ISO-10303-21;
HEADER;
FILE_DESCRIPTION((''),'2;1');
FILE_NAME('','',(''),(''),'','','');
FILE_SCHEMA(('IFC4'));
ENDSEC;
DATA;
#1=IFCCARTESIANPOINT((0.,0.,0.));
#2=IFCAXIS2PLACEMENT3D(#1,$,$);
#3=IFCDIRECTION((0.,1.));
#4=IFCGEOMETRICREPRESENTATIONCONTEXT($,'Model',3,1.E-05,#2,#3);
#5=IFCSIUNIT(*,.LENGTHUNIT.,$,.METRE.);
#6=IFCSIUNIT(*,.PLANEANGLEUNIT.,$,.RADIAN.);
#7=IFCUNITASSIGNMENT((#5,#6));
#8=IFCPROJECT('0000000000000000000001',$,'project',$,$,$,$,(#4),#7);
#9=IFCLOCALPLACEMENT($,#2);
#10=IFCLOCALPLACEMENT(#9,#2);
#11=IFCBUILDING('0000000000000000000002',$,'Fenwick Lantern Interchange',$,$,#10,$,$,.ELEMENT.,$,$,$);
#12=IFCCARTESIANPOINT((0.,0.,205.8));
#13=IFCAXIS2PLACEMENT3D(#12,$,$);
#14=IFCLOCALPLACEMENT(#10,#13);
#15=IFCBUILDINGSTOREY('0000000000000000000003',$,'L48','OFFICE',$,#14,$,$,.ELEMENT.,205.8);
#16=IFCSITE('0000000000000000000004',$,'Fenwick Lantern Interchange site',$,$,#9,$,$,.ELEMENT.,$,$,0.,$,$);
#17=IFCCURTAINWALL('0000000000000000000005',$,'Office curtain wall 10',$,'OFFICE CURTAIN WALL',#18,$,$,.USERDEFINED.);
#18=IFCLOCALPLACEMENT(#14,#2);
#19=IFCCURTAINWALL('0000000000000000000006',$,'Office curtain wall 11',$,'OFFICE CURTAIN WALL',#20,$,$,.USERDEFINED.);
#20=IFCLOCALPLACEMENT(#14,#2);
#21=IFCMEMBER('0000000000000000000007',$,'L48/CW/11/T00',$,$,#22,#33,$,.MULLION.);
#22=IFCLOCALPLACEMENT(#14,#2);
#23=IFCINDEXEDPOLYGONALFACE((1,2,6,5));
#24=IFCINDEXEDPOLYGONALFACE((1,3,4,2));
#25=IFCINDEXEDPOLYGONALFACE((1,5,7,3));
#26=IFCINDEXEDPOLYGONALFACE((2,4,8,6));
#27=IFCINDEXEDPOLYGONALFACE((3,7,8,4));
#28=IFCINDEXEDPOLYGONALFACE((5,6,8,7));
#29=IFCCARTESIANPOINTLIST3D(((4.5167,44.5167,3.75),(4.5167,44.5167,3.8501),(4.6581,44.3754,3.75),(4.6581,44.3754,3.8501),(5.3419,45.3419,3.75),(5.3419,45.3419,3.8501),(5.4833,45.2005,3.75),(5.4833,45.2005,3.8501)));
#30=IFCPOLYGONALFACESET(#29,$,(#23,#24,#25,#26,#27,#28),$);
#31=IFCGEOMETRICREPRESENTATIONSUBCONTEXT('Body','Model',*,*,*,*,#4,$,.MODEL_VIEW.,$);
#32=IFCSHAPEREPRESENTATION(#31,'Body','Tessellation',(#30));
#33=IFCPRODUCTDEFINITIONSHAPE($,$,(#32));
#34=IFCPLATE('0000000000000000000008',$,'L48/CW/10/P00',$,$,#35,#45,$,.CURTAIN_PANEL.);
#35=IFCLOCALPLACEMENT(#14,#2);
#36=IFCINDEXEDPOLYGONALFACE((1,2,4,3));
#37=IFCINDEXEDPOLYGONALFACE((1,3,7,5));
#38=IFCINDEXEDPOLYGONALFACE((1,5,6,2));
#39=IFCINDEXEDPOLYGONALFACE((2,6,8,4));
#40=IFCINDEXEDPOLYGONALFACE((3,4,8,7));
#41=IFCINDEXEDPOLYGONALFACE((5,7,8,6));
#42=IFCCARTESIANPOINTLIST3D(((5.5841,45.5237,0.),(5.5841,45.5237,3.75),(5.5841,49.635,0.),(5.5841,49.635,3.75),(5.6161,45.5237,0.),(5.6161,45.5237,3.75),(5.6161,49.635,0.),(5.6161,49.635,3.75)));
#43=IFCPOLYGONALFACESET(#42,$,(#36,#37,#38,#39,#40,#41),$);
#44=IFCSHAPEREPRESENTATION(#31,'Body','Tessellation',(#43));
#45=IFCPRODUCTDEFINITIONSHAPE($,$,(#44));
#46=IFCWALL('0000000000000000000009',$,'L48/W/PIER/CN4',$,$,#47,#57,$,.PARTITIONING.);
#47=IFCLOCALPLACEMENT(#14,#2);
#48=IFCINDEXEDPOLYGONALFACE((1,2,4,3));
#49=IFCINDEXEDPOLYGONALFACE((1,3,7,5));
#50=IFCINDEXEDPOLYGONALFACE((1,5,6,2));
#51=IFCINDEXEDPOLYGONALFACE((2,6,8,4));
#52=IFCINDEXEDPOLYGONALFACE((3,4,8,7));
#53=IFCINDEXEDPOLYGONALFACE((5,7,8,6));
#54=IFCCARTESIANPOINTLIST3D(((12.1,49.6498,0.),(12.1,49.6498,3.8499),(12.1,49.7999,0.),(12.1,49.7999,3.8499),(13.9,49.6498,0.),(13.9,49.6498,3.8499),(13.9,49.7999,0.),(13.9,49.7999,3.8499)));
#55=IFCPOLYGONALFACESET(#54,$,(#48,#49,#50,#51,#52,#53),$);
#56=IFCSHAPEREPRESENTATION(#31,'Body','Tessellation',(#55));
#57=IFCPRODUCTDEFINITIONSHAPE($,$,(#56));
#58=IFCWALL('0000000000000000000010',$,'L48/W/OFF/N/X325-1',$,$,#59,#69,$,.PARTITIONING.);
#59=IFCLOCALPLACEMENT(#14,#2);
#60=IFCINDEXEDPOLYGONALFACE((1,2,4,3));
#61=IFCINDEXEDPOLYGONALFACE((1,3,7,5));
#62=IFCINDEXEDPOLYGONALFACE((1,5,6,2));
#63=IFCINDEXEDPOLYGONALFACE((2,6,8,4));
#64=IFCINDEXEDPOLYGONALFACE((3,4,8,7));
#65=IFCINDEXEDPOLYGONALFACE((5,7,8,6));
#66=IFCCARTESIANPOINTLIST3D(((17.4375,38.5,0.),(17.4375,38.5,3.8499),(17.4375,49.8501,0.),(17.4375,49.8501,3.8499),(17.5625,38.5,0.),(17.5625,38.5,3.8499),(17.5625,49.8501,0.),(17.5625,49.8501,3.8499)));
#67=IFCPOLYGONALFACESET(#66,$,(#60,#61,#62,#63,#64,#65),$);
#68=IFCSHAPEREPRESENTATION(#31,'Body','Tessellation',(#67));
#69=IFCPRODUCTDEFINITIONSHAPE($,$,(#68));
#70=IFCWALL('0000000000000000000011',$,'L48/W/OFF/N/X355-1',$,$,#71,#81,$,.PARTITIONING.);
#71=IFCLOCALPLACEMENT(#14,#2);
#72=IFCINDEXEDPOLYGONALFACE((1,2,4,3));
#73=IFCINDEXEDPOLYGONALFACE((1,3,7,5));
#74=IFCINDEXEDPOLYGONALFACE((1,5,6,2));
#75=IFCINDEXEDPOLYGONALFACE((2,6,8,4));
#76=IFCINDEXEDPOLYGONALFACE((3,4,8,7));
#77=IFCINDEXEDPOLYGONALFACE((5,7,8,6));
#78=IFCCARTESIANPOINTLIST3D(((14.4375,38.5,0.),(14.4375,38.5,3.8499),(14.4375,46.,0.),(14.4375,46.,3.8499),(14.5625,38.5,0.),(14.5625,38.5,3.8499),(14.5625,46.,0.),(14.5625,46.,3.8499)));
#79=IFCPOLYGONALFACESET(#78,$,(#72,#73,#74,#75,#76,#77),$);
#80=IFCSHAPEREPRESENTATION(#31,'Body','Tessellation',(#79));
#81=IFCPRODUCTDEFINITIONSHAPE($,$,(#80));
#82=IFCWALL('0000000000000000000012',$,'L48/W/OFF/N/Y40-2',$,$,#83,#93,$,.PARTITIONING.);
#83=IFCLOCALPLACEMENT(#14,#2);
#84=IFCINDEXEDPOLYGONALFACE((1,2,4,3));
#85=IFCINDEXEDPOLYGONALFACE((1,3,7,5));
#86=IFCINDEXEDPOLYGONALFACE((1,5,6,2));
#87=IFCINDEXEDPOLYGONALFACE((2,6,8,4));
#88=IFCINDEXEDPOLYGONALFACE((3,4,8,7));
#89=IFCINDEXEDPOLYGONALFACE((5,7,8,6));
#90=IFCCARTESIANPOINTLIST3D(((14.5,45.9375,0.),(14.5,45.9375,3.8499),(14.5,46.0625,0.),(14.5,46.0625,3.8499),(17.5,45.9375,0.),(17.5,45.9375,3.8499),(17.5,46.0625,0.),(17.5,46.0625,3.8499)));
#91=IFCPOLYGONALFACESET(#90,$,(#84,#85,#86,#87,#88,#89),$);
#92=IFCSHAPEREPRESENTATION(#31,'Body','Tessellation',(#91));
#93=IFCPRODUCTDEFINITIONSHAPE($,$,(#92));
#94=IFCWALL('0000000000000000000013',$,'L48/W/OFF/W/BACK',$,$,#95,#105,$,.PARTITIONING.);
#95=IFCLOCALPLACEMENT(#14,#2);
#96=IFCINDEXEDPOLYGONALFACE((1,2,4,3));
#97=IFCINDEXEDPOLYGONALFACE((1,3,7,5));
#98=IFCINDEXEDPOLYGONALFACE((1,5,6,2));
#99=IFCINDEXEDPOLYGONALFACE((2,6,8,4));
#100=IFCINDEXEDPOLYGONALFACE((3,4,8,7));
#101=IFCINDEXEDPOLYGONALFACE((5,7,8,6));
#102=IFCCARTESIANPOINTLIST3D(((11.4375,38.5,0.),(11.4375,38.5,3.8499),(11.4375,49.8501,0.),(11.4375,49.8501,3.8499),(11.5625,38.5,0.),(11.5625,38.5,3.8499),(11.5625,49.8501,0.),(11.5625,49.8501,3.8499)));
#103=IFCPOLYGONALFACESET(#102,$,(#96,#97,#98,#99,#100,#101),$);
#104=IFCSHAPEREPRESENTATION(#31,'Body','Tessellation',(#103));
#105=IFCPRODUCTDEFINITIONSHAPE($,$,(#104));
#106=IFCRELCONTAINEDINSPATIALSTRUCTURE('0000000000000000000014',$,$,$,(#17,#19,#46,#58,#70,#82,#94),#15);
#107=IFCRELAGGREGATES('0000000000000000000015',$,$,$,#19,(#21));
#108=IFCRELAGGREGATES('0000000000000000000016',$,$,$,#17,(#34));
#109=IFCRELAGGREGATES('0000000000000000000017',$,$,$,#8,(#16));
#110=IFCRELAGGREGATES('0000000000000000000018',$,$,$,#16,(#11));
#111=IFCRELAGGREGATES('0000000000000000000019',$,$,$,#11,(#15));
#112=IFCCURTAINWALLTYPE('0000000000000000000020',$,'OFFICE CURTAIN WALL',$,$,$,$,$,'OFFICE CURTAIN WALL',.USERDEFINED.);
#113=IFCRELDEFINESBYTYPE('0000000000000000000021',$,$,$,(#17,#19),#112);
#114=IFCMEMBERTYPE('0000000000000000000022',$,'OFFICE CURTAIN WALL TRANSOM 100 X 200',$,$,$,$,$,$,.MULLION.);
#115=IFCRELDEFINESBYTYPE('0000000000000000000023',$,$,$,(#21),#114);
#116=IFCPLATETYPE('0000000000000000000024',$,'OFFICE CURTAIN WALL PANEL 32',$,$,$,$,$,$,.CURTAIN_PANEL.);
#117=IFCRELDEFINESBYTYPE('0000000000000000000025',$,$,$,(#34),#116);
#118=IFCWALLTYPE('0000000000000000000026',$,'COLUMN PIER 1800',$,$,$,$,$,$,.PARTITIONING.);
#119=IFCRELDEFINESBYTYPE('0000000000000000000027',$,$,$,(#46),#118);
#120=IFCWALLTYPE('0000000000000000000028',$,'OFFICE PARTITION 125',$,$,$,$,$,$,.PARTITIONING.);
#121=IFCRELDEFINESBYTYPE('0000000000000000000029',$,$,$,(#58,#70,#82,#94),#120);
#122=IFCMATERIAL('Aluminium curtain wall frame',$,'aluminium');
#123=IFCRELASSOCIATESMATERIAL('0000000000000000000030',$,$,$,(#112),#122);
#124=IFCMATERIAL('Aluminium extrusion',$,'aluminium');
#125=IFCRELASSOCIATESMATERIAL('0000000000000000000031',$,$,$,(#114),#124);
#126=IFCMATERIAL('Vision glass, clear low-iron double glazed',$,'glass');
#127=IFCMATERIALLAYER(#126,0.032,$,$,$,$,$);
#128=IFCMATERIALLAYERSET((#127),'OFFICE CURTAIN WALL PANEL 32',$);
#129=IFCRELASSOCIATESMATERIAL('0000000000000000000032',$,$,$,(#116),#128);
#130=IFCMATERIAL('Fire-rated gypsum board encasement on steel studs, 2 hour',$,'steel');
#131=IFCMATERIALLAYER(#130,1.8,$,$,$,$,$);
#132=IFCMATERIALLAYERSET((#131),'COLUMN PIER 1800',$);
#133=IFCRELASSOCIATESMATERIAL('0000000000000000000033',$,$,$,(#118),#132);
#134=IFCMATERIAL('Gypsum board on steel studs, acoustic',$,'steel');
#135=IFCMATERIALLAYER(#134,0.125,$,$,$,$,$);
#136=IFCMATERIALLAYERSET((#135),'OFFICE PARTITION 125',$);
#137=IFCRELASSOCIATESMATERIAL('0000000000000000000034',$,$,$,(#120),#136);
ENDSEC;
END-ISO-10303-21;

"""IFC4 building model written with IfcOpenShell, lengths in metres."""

from ifc_helpers import new_model, si_unit, direction, frame, frame_2d, origin, origin_2d, place, context, subcontext, project, spatial, rectangle, extrude, material, layer, layer_set, material_profile, profile_set, type_object, element, aggregate, save


model = new_model("IFC4")

# Units and contexts
model_context = context("Model", 3, precision=1e-05, world=origin(), true_north=direction((0.0, 1.0)))
body_context = subcontext(model_context, "Body", "Model", "MODEL_VIEW")
ifc_project = project(units=[si_unit("LENGTHUNIT", "METRE"), si_unit("PLANEANGLEUNIT", "RADIAN")], contexts=[model_context])

# Site, building, storey
site_placement = place(None, origin())
site = spatial("IfcSite", under=ifc_project, at=site_placement, Name="Fenwick Lantern Interchange site", CompositionType="ELEMENT", RefElevation=0.0)
building_placement = place(site_placement, origin())
building = spatial("IfcBuilding", under=site, at=building_placement, Name="Fenwick Lantern Interchange", CompositionType="ELEMENT")
storey_placement = place(building_placement, frame((0.0, 0.0, 205.8)))
storey = spatial("IfcBuildingStorey", under=building, at=storey_placement, Name="L48", Description="OFFICE", CompositionType="ELEMENT", Elevation=205.8)

# Curtain wall
ifc_material_1 = material(Name="Aluminium curtain wall frame", Category="aluminium")
curtain_wall_type = type_object("IfcCurtainWallType", Name="OFFICE CURTAIN WALL", ElementType="OFFICE CURTAIN WALL", PredefinedType="USERDEFINED", material=ifc_material_1)
ifc_material_2 = material(Name="Aluminium extrusion", Category="aluminium")
curtain_wall_1_placement = place(storey_placement, origin())
curtain_wall_1 = element("IfcCurtainWall", 1, at=curtain_wall_1_placement, inside=storey, type_object=curtain_wall_type, Name="Office curtain wall 10", ObjectType="OFFICE CURTAIN WALL", PredefinedType="USERDEFINED")

# Curtain wall
curtain_wall_2_placement = place(storey_placement, origin())
curtain_wall_2 = element("IfcCurtainWall", 2, at=curtain_wall_2_placement, inside=storey, type_object=curtain_wall_type, Name="Office curtain wall 11", ObjectType="OFFICE CURTAIN WALL", PredefinedType="USERDEFINED")

# Member
ifc_material_profile_1 = material_profile(ifc_material_2, rectangle(XDim=0.2, YDim=0.1001, at=origin_2d()), Name="OFFICE CURTAIN WALL TRANSOM 100 X 200")
ifc_profile_set_1 = profile_set([ifc_material_profile_1], Name="Aluminium extrusion")
member_type_1 = type_object("IfcMemberType", Name="OFFICE CURTAIN WALL TRANSOM 100 X 200", PredefinedType="MULLION", material=ifc_profile_set_1)
member_1_placement = place(storey_placement, frame((5.4126, 45.2712, 3.8), z_axis=(-0.707107, -0.707107, 0.0), x_axis=(0.707107, -0.707107, 0.0)))
member_1 = element("IfcMember", 3, at=member_1_placement, type_object=member_type_1, Name="L48/CW/11/T00", PredefinedType="MULLION", context=body_context, shape_type="SweptSolid", body=[
    extrude(rectangle(XDim=0.2, YDim=0.1001, at=origin_2d()), origin(), (0.0, 0.0, 1.0), 1.167),
])
aggregate(curtain_wall_2, [member_1])

# Plate
ifc_material_3 = material(Name="Vision glass, clear low-iron double glazed", Category="glass")
ifc_layer_1 = layer(ifc_material_3, 0.032)
ifc_layer_set_1 = layer_set([ifc_layer_1], Name="OFFICE CURTAIN WALL PANEL 32")
plate_type = type_object("IfcPlateType", Name="OFFICE CURTAIN WALL PANEL 32", PredefinedType="CURTAIN_PANEL", material=ifc_layer_set_1)
plate_placement = place(storey_placement, frame((5.6001, 47.5793, 0.0), z_axis=(0.0, 0.0, 1.0), x_axis=(0.0, -1.0, 0.0)))
plate = element("IfcPlate", 4, at=plate_placement, type_object=plate_type, Name="L48/CW/10/P00", PredefinedType="CURTAIN_PANEL", context=body_context, shape_type="SweptSolid", body=[
    extrude(rectangle(XDim=4.1113, YDim=0.032, at=origin_2d()), origin(), (0.0, 0.0, 1.0), 3.75),
])
aggregate(curtain_wall_1, [plate])

# Walls
ifc_material_4 = material(Name="Fire-rated gypsum board encasement on steel studs, 2 hour", Category="steel")
ifc_layer_2 = layer(ifc_material_4, 1.8)
ifc_layer_set_2 = layer_set([ifc_layer_2], Name="COLUMN PIER 1800")
wall_type_1 = type_object("IfcWallType", Name="COLUMN PIER 1800", PredefinedType="PARTITIONING", material=ifc_layer_set_2)
wall_1_placement = place(storey_placement, frame((13.0, 49.8, 0.0), z_axis=(0.0, 0.0, 1.0), x_axis=(0.0, -1.0, 0.0)))
element("IfcWall", 5, at=wall_1_placement, inside=storey, type_object=wall_type_1, Name="L48/W/PIER/CN4", PredefinedType="PARTITIONING", context=body_context, shape_type="SweptSolid", body=[
    extrude(rectangle(XDim=0.1501, YDim=1.8, at=frame_2d((0.0752, 0.0))), origin(), (0.0, 0.0, 1.0), 3.8499),
])
ifc_material_5 = material(Name="Gypsum board on steel studs, acoustic", Category="steel")
ifc_layer_3 = layer(ifc_material_5, 0.125)
ifc_layer_set_3 = layer_set([ifc_layer_3], Name="OFFICE PARTITION 125")
wall_type_2 = type_object("IfcWallType", Name="OFFICE PARTITION 125", PredefinedType="PARTITIONING", material=ifc_layer_set_3)
wall_2_placement = place(storey_placement, frame((17.5, 49.8501, 0.0), z_axis=(0.0, 0.0, 1.0), x_axis=(0.0, -1.0, 0.0)))
element("IfcWall", 6, at=wall_2_placement, inside=storey, type_object=wall_type_2, Name="L48/W/OFF/N/X325-1", PredefinedType="PARTITIONING", context=body_context, shape_type="SweptSolid", body=[
    extrude(rectangle(XDim=11.3501, YDim=0.125, at=frame_2d((5.675, 0.0))), origin(), (0.0, 0.0, 1.0), 3.8499),
])
wall_3_placement = place(storey_placement, frame((14.5, 46.0, 0.0), z_axis=(0.0, 0.0, 1.0), x_axis=(0.0, -1.0, 0.0)))
element("IfcWall", 7, at=wall_3_placement, inside=storey, type_object=wall_type_2, Name="L48/W/OFF/N/X355-1", PredefinedType="PARTITIONING", context=body_context, shape_type="SweptSolid", body=[
    extrude(rectangle(XDim=7.5, YDim=0.125, at=frame_2d((3.75, 0.0))), origin(), (0.0, 0.0, 1.0), 3.8499),
])
wall_4_placement = place(storey_placement, frame((17.5, 46.0, 0.0), z_axis=(0.0, 0.0, 1.0), x_axis=(-1.0, 0.0, 0.0)))
element("IfcWall", 8, at=wall_4_placement, inside=storey, type_object=wall_type_2, Name="L48/W/OFF/N/Y40-2", PredefinedType="PARTITIONING", context=body_context, shape_type="SweptSolid", body=[
    extrude(rectangle(XDim=3.0, YDim=0.125, at=frame_2d((1.5, 0.0))), origin(), (0.0, 0.0, 1.0), 3.8499),
])
wall_5_placement = place(storey_placement, frame((11.5, 49.8501, 0.0), z_axis=(0.0, 0.0, 1.0), x_axis=(0.0, -1.0, 0.0)))
element("IfcWall", 9, at=wall_5_placement, inside=storey, type_object=wall_type_2, Name="L48/W/OFF/W/BACK", PredefinedType="PARTITIONING", context=body_context, shape_type="SweptSolid", body=[
    extrude(rectangle(XDim=11.3501, YDim=0.125, at=frame_2d((5.675, 0.0))), origin(), (0.0, 0.0, 1.0), 3.8499),
])

save(model, "model.ifc")
